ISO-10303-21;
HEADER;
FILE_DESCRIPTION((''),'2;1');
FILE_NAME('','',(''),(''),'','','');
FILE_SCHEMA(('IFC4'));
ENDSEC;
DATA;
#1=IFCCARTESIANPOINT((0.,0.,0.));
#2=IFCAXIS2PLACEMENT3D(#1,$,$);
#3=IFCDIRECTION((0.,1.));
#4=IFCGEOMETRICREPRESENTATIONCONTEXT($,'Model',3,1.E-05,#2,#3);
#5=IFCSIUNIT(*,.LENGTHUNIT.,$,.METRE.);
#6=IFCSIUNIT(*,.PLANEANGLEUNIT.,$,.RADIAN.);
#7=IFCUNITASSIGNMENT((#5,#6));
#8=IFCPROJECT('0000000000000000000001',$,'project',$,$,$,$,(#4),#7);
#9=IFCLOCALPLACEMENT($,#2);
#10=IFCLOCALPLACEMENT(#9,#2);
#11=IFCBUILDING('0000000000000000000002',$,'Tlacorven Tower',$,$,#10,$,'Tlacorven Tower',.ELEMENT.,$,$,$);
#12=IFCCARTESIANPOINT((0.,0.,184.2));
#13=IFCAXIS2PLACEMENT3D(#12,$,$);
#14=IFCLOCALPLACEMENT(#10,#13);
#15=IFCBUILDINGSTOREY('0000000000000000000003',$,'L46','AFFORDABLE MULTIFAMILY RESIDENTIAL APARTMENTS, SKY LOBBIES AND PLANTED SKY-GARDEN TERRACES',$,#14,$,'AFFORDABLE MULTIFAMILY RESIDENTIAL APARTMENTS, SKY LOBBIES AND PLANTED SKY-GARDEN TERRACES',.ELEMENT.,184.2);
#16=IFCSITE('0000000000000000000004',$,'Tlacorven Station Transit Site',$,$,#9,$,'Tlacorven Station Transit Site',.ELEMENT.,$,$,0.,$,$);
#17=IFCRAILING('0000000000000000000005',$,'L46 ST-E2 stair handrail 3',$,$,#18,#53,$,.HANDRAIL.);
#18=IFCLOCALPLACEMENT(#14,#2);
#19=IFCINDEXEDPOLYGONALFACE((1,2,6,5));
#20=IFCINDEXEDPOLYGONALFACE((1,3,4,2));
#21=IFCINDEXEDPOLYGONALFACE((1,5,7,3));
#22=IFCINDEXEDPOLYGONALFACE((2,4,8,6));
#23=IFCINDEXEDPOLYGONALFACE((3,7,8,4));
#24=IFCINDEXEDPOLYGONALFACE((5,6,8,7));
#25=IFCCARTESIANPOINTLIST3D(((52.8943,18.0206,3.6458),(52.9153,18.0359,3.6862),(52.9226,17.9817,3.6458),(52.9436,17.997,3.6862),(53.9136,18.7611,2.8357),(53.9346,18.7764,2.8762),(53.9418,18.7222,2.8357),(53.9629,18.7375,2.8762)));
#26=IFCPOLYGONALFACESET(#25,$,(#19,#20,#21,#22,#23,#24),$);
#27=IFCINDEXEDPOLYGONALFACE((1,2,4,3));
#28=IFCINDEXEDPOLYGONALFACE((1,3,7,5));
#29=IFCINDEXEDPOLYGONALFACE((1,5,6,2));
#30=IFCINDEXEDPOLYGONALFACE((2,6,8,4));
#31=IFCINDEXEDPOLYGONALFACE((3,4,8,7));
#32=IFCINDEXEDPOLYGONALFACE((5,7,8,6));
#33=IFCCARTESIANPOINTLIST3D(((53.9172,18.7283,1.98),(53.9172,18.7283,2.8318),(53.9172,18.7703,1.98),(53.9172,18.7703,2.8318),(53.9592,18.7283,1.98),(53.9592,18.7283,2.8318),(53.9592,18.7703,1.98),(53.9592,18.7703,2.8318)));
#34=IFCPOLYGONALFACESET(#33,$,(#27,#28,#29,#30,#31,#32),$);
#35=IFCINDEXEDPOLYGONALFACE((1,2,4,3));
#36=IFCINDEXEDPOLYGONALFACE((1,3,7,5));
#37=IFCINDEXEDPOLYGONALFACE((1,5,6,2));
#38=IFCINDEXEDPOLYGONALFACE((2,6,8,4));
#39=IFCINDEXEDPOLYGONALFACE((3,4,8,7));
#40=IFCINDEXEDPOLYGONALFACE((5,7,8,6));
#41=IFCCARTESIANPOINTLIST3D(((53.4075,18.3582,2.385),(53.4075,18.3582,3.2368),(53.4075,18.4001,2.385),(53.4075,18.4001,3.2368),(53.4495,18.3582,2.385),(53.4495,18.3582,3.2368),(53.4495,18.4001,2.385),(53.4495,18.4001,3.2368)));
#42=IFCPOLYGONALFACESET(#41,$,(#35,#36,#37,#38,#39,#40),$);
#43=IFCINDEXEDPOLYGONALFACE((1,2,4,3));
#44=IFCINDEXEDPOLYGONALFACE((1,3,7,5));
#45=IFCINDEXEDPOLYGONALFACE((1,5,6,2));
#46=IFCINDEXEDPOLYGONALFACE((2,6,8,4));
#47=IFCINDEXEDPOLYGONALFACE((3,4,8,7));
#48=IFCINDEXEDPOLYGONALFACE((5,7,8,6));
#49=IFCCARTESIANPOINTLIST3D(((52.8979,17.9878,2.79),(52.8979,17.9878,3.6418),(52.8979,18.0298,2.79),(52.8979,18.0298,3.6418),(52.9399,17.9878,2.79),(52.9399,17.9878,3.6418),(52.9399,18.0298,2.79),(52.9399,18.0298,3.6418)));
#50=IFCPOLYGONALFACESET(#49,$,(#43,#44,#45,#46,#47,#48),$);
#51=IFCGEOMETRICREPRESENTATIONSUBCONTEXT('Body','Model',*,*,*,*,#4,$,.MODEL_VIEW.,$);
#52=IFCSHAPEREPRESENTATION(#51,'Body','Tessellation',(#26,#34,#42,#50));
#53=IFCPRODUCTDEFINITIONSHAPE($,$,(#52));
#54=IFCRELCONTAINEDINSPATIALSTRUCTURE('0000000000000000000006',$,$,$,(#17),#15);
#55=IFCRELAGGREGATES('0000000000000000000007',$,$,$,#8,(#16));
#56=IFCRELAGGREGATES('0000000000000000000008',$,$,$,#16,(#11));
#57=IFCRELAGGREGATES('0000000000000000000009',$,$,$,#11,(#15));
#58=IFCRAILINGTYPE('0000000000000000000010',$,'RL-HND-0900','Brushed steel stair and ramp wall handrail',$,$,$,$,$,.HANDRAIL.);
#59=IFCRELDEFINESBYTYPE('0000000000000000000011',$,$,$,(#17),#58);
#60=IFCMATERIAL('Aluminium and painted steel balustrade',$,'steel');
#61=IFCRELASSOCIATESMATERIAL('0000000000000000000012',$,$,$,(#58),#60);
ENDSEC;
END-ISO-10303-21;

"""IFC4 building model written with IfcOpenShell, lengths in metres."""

from ifc_helpers import new_model, si_unit, direction, frame, origin, origin_2d, place, context, subcontext, project, spatial, rectangle, extrude, source, transform, mapped, material, type_object, element, save


model = new_model("IFC4")

# Units and contexts
model_context = context("Model", 3, precision=1e-05, world=origin(), true_north=direction((0.0, 1.0)))
body_context = subcontext(model_context, "Body", "Model", "MODEL_VIEW")
ifc_project = project(units=[si_unit("LENGTHUNIT", "METRE"), si_unit("PLANEANGLEUNIT", "RADIAN")], contexts=[model_context])

# Site, building, storey
site_placement = place(None, origin())
site = spatial("IfcSite", under=ifc_project, at=site_placement, Name="Tlacorven Station Transit Site", LongName="Tlacorven Station Transit Site", CompositionType="ELEMENT", RefElevation=0.0)
building_placement = place(site_placement, origin())
building = spatial("IfcBuilding", under=site, at=building_placement, Name="Tlacorven Tower", LongName="Tlacorven Tower", CompositionType="ELEMENT")
storey_placement = place(building_placement, frame((0.0, 0.0, 184.2)))
storey = spatial("IfcBuildingStorey", under=building, at=storey_placement, Name="L46", Description="AFFORDABLE MULTIFAMILY RESIDENTIAL APARTMENTS, SKY LOBBIES AND PLANTED SKY-GARDEN TERRACES", LongName="AFFORDABLE MULTIFAMILY RESIDENTIAL APARTMENTS, SKY LOBBIES AND PLANTED SKY-GARDEN TERRACES", CompositionType="ELEMENT", Elevation=184.2)

# Shared definitions
ifc_material_1 = material(Name="Aluminium and painted steel balustrade", Category="steel")

# Railing
railing_type_1 = type_object("IfcRailingType", Name="RL-HND-0900", Description="Brushed steel stair and ramp wall handrail", PredefinedType="HANDRAIL", material=ifc_material_1)
shared_shape_1 = source(origin(), body_context, "Body", "SweptSolid", [
    extrude(rectangle(XDim=0.0481, YDim=0.0481, at=origin_2d()), frame((0.0, 0.0, 0.876), z_axis=(-0.680516, -0.494373, 0.540827), x_axis=(0.587745, -0.809046, 0.0)), (0.0, 0.0, 1.0), 1.4978),
    extrude(rectangle(XDim=0.042, YDim=0.042, at=origin_2d()), origin(), (0.0, 0.0, 1.0), 0.8518),
    extrude(rectangle(XDim=0.042, YDim=0.042, at=origin_2d()), frame((-0.5098, -0.3701, 0.405)), (0.0, 0.0, 1.0), 0.8518),
    extrude(rectangle(XDim=0.042, YDim=0.042, at=origin_2d()), frame((-1.0193, -0.7405, 0.8101)), (0.0, 0.0, 1.0), 0.8518),
])
railing_1_placement = place(storey_placement, frame((53.9382, 18.7493, 1.98)))
element("IfcRailing", 1, at=railing_1_placement, inside=storey, type_object=railing_type_1, Name="L46 ST-E2 stair handrail 3", PredefinedType="HANDRAIL", context=body_context, shape_type="MappedRepresentation", body=[
    mapped(shared_shape_1, transform((0.0, 0.0, 0.0), scale=1.0)),
])

save(model, "model.ifc")
